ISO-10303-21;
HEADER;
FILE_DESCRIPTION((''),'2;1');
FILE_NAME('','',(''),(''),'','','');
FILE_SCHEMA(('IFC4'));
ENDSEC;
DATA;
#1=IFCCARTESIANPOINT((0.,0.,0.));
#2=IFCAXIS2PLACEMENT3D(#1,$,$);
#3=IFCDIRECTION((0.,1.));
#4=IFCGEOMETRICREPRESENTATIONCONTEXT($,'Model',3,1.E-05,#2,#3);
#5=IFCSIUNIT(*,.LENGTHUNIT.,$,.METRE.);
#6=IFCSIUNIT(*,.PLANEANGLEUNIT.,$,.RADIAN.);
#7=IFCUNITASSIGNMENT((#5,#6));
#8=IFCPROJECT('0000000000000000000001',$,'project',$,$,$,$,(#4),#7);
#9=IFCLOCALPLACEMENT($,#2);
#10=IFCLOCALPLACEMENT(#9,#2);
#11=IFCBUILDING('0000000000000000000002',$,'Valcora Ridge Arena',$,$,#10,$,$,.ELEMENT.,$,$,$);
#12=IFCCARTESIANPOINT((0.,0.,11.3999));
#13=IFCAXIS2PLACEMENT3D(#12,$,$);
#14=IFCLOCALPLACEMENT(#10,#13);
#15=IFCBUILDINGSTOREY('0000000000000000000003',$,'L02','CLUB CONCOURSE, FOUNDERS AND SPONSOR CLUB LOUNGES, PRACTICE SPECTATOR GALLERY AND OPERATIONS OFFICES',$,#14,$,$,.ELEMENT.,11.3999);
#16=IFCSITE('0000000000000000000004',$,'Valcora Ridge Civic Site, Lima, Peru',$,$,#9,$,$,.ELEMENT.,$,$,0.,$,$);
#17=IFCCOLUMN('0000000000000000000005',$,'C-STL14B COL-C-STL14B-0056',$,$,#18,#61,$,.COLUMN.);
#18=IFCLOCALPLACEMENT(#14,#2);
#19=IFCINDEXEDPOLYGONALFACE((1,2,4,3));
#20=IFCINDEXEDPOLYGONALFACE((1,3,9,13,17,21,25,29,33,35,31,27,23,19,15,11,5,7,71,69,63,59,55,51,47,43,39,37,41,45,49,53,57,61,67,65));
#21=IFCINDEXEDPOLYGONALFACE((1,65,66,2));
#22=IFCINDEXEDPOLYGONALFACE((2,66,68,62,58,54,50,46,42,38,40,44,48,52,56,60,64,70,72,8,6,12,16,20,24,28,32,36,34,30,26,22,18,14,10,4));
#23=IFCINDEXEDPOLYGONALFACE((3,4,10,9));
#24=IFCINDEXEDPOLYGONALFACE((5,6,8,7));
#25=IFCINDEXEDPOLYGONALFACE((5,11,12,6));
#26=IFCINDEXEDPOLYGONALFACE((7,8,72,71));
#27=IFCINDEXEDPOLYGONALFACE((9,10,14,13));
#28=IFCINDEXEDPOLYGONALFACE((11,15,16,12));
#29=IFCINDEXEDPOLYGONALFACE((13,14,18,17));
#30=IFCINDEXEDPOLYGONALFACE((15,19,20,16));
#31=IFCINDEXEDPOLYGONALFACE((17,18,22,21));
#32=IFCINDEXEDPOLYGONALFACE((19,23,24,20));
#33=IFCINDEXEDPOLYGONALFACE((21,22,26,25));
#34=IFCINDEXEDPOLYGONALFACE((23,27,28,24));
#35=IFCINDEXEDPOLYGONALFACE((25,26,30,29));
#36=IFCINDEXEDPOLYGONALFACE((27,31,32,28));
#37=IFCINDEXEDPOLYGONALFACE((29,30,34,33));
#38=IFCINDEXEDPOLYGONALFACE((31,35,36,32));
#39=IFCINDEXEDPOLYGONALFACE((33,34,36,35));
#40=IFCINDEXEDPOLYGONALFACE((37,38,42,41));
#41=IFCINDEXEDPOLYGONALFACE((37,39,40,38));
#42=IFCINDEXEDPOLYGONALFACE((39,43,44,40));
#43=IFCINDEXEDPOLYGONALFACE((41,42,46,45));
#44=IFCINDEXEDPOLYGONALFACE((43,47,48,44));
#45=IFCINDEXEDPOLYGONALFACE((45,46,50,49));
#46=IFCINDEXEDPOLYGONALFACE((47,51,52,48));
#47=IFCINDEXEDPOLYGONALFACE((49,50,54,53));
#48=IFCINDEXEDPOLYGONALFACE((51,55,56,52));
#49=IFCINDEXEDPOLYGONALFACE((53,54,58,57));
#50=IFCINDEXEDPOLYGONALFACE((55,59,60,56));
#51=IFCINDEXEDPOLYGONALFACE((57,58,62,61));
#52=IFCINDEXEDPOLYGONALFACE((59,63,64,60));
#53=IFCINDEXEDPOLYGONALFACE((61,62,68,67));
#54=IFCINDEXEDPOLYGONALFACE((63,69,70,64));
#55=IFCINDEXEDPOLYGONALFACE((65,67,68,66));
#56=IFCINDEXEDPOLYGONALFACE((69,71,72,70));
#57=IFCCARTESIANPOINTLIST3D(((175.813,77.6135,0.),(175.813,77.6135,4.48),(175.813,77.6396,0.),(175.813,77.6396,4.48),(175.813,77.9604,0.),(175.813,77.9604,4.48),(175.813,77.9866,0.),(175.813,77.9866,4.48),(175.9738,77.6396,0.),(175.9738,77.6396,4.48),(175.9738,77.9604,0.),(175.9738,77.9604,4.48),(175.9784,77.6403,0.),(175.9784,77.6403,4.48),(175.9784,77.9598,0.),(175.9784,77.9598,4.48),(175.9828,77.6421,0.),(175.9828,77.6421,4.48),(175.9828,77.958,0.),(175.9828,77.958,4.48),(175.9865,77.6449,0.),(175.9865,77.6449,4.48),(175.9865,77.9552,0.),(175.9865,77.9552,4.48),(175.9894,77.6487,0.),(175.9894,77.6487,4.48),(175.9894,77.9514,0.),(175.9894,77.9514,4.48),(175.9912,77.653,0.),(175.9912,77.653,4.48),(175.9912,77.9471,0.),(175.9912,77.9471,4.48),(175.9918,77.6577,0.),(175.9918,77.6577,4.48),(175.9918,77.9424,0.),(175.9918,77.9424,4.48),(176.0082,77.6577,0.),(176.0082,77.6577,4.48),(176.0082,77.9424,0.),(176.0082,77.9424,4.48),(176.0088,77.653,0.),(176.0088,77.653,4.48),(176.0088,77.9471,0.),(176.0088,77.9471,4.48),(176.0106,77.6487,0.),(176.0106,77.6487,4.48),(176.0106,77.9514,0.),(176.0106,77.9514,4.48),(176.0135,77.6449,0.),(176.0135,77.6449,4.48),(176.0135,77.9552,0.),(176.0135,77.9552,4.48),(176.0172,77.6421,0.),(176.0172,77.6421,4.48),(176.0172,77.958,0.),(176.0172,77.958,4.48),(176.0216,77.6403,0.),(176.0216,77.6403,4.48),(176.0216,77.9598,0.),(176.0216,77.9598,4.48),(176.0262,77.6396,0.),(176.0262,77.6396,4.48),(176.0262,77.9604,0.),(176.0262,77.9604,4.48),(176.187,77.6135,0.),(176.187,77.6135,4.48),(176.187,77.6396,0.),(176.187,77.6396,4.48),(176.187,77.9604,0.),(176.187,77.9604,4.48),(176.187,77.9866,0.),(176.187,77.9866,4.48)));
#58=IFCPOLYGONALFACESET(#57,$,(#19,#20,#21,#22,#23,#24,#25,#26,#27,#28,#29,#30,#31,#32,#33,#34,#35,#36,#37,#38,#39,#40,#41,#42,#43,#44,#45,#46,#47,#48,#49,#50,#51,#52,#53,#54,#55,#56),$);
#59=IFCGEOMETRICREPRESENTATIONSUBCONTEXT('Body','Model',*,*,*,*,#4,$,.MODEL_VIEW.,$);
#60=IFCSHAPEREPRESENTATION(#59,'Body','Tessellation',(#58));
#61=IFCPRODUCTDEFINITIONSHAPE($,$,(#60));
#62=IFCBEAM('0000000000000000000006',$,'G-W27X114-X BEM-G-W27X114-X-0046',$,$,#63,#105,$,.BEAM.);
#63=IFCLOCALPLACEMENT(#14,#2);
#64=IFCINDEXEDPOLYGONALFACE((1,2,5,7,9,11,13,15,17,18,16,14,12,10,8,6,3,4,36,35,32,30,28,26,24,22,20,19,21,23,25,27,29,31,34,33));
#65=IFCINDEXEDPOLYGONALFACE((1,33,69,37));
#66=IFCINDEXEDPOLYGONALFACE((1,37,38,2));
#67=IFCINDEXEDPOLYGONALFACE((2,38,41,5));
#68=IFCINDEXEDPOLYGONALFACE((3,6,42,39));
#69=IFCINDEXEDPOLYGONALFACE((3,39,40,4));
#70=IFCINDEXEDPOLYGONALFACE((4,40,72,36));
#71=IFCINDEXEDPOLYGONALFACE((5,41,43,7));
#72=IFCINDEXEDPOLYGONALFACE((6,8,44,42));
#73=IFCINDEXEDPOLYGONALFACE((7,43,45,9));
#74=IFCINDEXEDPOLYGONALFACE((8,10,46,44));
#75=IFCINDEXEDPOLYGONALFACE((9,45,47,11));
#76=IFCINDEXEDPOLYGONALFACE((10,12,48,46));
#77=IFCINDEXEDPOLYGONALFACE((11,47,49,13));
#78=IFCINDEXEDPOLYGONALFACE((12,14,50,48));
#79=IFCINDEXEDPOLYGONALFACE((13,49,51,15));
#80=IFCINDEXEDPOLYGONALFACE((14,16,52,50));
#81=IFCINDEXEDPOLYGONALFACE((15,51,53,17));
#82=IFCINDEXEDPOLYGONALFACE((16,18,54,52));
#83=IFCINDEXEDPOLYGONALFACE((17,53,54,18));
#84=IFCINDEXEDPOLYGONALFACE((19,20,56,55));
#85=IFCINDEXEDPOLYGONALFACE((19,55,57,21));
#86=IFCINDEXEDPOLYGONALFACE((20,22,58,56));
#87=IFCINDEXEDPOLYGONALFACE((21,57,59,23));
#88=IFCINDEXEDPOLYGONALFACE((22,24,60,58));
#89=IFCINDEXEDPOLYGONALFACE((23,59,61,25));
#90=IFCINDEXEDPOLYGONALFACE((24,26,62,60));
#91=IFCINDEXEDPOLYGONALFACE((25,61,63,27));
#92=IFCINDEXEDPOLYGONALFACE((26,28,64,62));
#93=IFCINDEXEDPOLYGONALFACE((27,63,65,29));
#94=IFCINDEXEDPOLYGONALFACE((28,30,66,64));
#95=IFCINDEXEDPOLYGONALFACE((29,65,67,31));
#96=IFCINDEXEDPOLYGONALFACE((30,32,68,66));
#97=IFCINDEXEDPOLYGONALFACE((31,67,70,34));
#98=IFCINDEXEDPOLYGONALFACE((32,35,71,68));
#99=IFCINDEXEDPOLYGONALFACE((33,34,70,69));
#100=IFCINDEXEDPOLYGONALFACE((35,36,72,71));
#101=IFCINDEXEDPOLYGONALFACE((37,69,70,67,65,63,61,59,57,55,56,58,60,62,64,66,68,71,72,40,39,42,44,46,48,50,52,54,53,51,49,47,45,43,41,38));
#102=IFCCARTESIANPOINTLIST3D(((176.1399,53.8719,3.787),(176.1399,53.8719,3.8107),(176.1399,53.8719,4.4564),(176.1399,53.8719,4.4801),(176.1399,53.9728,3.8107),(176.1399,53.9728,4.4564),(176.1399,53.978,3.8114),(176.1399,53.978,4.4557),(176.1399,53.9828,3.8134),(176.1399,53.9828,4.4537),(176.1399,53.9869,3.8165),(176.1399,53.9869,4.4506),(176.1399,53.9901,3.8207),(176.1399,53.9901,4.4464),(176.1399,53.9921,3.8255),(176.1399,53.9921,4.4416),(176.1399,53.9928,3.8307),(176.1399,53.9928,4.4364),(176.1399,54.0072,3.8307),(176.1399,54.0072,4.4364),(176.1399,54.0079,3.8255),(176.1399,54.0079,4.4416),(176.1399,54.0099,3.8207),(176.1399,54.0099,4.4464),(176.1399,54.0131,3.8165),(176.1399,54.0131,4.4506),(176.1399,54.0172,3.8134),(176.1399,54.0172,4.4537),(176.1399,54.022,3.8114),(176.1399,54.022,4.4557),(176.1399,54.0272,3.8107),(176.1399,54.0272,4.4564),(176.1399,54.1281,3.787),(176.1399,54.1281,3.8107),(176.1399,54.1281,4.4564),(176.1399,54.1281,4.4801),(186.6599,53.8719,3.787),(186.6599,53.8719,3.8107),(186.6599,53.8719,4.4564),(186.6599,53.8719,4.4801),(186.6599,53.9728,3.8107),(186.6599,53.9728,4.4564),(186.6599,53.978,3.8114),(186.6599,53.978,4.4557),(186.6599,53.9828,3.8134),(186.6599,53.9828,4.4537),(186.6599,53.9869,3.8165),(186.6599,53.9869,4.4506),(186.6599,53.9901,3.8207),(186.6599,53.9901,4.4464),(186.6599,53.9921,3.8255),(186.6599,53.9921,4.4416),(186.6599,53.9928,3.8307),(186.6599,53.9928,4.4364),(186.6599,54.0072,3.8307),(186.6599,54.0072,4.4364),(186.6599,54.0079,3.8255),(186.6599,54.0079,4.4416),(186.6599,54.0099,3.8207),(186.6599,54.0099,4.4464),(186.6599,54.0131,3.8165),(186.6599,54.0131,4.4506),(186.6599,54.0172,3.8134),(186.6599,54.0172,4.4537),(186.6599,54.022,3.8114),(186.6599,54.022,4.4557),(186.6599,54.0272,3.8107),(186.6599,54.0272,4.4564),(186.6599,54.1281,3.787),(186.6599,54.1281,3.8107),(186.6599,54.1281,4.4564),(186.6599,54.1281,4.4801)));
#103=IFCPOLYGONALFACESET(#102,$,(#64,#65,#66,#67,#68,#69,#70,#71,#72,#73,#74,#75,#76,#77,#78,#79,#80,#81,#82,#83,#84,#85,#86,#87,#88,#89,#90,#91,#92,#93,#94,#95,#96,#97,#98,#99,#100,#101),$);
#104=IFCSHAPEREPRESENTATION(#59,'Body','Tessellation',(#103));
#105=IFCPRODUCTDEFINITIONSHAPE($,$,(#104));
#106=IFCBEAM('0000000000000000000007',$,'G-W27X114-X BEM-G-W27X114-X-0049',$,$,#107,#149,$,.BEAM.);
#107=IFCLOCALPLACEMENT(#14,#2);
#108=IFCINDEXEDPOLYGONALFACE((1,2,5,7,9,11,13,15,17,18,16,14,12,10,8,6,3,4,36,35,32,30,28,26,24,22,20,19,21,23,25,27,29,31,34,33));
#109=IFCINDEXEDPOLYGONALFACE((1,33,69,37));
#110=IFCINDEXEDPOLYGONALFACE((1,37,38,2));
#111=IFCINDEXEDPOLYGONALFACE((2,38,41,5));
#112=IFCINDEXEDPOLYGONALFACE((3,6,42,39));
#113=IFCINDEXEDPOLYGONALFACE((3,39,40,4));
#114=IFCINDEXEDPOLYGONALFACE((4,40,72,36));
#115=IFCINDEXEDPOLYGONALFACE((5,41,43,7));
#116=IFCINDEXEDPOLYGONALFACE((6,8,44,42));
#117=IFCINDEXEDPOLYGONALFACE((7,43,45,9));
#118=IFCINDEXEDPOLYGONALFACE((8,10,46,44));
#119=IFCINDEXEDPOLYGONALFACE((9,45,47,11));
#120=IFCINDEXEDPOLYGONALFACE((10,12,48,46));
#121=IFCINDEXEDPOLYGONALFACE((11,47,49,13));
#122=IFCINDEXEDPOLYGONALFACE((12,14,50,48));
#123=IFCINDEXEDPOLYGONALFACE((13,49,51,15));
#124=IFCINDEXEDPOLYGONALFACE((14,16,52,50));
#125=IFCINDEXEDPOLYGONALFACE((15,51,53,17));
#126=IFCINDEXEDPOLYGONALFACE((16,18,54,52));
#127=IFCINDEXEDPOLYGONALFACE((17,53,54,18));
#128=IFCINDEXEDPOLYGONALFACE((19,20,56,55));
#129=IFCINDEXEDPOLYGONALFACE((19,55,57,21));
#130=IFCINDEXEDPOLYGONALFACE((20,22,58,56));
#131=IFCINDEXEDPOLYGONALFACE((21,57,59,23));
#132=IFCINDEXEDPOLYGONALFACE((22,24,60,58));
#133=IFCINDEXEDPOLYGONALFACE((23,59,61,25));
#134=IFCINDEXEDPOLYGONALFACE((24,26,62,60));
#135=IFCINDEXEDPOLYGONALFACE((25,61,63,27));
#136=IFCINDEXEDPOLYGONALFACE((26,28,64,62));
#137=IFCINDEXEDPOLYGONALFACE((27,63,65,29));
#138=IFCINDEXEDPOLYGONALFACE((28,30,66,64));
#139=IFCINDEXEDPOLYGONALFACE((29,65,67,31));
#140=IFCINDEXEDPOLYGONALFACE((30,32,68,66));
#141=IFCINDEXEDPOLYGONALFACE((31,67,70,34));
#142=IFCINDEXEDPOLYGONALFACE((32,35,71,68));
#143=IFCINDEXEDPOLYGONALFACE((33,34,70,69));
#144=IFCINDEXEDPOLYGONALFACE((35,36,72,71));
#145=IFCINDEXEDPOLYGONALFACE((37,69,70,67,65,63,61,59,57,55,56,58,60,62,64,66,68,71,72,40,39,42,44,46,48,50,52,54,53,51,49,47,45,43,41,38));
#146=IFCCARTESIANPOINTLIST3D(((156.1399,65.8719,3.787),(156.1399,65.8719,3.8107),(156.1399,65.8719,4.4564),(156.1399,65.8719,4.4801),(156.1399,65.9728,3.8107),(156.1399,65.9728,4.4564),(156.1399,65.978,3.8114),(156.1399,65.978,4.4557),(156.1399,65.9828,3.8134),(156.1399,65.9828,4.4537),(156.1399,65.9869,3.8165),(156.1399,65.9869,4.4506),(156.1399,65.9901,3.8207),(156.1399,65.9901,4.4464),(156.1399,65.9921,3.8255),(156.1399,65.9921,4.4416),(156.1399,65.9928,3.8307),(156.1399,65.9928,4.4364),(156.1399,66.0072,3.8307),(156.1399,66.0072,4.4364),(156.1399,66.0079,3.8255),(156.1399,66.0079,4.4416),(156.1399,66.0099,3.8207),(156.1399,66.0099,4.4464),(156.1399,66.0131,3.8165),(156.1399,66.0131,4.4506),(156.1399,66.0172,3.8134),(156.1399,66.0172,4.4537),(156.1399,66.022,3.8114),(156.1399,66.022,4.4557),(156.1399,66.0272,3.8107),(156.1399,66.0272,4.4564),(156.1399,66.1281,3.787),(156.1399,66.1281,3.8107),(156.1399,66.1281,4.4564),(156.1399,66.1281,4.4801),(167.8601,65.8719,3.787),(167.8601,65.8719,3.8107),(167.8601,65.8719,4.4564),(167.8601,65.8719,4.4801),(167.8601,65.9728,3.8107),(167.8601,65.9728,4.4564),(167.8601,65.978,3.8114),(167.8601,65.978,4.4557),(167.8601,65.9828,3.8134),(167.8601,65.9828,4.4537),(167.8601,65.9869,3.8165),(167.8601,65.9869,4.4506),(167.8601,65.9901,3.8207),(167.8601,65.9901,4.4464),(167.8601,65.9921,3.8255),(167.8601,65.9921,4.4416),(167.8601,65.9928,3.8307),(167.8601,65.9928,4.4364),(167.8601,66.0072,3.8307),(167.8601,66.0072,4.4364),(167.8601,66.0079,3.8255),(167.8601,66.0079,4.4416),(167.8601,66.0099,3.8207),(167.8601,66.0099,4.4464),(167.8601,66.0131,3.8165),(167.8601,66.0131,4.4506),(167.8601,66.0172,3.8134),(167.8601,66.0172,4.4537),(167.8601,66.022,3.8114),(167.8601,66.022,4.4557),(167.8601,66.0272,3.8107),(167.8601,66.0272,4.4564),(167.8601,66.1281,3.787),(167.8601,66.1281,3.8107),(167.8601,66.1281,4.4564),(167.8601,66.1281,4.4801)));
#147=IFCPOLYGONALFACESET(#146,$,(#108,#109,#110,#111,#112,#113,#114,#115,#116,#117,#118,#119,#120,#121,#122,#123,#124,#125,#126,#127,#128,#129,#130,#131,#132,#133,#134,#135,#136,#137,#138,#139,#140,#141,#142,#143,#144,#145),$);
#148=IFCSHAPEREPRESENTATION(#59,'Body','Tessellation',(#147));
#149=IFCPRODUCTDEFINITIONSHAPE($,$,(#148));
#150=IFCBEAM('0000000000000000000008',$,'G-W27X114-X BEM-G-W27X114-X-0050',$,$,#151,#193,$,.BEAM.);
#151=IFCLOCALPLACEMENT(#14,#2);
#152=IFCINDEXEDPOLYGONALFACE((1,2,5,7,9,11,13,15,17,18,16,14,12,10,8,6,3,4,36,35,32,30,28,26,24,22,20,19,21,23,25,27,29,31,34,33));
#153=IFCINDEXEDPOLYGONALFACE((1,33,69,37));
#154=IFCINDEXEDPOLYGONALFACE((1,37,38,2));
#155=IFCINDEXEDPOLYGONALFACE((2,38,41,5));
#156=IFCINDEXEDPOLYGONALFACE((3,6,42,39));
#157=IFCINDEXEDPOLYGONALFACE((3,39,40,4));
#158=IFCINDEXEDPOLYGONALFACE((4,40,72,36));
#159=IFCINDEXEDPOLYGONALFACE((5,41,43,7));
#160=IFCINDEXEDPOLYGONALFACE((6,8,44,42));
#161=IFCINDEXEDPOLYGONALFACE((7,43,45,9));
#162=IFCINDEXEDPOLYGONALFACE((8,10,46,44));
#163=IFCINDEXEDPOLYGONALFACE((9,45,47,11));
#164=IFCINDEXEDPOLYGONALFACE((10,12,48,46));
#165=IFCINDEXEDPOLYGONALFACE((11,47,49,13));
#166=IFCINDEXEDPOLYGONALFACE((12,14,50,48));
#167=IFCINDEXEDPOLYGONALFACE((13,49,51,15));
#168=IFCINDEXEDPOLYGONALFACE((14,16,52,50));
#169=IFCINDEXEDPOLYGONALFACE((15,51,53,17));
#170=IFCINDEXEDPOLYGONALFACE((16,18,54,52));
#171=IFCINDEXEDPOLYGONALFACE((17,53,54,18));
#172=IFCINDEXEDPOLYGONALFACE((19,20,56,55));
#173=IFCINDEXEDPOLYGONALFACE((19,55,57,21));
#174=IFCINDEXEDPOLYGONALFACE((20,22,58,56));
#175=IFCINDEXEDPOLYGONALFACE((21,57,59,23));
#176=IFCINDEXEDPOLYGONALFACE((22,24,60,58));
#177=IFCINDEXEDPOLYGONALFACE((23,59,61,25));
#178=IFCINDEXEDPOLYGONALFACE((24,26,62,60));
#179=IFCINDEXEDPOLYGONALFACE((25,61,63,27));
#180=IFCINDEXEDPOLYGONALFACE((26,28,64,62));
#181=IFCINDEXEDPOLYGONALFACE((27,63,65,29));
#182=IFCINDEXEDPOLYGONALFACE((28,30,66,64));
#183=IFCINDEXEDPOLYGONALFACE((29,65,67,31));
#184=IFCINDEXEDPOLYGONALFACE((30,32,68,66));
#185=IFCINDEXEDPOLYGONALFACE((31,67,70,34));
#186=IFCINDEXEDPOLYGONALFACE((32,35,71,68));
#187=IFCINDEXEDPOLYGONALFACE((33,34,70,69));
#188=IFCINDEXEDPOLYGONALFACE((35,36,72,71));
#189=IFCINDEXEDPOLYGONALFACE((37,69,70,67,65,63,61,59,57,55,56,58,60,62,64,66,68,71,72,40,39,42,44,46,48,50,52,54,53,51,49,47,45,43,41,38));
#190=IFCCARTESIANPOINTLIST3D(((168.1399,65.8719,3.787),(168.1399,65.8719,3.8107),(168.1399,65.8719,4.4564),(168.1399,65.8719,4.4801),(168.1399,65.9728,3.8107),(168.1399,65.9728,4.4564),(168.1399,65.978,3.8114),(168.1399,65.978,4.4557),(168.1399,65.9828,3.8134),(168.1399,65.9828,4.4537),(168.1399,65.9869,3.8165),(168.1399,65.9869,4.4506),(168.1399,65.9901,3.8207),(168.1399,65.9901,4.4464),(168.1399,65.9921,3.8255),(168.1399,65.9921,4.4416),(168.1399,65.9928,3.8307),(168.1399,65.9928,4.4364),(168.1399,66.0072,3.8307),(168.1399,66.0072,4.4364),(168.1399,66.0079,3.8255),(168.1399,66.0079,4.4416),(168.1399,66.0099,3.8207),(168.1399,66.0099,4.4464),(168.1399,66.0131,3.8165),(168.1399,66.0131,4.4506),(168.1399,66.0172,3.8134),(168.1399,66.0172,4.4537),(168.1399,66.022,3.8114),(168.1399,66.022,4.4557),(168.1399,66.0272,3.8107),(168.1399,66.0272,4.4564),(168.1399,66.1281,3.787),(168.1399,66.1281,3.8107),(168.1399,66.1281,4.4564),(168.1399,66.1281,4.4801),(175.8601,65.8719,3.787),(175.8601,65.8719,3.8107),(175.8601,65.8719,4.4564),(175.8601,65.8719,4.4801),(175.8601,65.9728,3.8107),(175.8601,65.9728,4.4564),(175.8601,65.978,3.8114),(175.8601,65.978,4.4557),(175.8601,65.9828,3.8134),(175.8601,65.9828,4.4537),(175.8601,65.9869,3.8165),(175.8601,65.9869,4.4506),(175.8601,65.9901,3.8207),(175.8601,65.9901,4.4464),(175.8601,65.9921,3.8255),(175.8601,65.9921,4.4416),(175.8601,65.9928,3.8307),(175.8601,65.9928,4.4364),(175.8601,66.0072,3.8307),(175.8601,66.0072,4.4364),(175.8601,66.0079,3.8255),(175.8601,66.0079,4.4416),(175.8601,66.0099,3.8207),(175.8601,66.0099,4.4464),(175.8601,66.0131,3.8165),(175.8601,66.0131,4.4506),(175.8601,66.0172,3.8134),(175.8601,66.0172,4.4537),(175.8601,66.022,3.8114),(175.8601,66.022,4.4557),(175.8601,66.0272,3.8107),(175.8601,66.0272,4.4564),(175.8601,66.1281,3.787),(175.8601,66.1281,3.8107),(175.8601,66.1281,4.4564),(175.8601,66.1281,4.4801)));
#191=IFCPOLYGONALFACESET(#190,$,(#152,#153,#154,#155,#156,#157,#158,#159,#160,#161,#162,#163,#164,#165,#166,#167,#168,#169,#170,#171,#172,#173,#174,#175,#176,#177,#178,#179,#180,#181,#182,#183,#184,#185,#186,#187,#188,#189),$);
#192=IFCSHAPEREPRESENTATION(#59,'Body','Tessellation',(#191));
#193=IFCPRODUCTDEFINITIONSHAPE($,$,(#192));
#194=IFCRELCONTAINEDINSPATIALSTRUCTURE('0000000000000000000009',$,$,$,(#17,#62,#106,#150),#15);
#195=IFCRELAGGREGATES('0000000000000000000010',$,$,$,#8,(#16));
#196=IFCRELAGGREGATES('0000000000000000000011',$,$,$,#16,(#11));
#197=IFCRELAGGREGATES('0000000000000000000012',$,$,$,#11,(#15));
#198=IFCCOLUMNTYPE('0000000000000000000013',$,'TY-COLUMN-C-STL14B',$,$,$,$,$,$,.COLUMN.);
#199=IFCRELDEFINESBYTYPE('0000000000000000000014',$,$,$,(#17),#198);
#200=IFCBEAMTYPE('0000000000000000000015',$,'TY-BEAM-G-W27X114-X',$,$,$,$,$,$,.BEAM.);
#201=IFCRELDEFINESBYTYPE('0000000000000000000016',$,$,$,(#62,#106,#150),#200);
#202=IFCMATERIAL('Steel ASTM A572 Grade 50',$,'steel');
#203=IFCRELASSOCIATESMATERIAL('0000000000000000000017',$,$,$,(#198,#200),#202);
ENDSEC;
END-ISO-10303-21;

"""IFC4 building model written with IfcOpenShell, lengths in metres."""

from ifc_helpers import new_model, si_unit, direction, frame, origin, origin_2d, place, context, subcontext, project, spatial, i_section, extrude, material, material_profile, profile_set, type_object, element, save


model = new_model("IFC4")

# Units and contexts
model_context = context("Model", 3, precision=1e-05, world=origin(), true_north=direction((0.0, 1.0)))
body_context = subcontext(model_context, "Body", "Model", "MODEL_VIEW")
ifc_project = project(units=[si_unit("LENGTHUNIT", "METRE"), si_unit("PLANEANGLEUNIT", "RADIAN")], contexts=[model_context])

# Site, building, storey
site_placement = place(None, origin())
site = spatial("IfcSite", under=ifc_project, at=site_placement, Name="Valcora Ridge Civic Site, Lima, Peru", CompositionType="ELEMENT", RefElevation=0.0)
building_placement = place(site_placement, origin())
building = spatial("IfcBuilding", under=site, at=building_placement, Name="Valcora Ridge Arena", CompositionType="ELEMENT")
storey_placement = place(building_placement, frame((0.0, 0.0, 11.3999)))
storey = spatial("IfcBuildingStorey", under=building, at=storey_placement, Name="L02", Description="CLUB CONCOURSE, FOUNDERS AND SPONSOR CLUB LOUNGES, PRACTICE SPECTATOR GALLERY AND OPERATIONS OFFICES", CompositionType="ELEMENT", Elevation=11.3999)

# Column
ifc_material_1 = material(Name="Steel ASTM A572 Grade 50", Category="steel")
ifc_material_profile_1 = material_profile(ifc_material_1, i_section(OverallWidth=0.374, OverallDepth=0.373, WebThickness=0.0164, FlangeThickness=0.0261, FilletRadius=0.0181, at=origin_2d()), Name="W14X132")
ifc_profile_set_1 = profile_set([ifc_material_profile_1], Name="Steel ASTM A572 Grade 50")
column_type = type_object("IfcColumnType", Name="TY-COLUMN-C-STL14B", PredefinedType="COLUMN", material=ifc_profile_set_1)
for number, where, z_axis, x_axis, name in (
    (1, (176.0, 77.8, 0.0), (0.0, 0.0, 1.0), (1.0, 0.0, 0.0), "C-STL14B COL-C-STL14B-0056"),
):
    element("IfcColumn", number, at=place(storey_placement, frame(where, z_axis=z_axis, x_axis=x_axis)), inside=storey, type_object=column_type, Name=name, PredefinedType="COLUMN", context=body_context, shape_type="SweptSolid", body=[
        extrude(i_section(OverallWidth=0.374, OverallDepth=0.373, WebThickness=0.0164, FlangeThickness=0.0261, FilletRadius=0.0181, at=origin_2d()), origin(), (0.0, 0.0, 1.0), 4.48),
    ])

# Beams
ifc_material_profile_2 = material_profile(ifc_material_1, i_section(OverallWidth=0.2561, OverallDepth=0.6931, WebThickness=0.0144, FlangeThickness=0.0237, FilletRadius=0.02, at=origin_2d()), Name="W27X114")
ifc_profile_set_2 = profile_set([ifc_material_profile_2], Name="Steel ASTM A572 Grade 50")
beam_type_1 = type_object("IfcBeamType", Name="TY-BEAM-G-W27X114-X", PredefinedType="BEAM", material=ifc_profile_set_2)
beam_1_placement = place(storey_placement, frame((176.1399, 54.0, 4.1335), z_axis=(1.0, 0.0, 0.0), x_axis=(0.0, 1.0, 0.0)))
element("IfcBeam", 2, at=beam_1_placement, inside=storey, type_object=beam_type_1, Name="G-W27X114-X BEM-G-W27X114-X-0046", PredefinedType="BEAM", context=body_context, shape_type="SweptSolid", body=[
    extrude(i_section(OverallWidth=0.2561, OverallDepth=0.6931, WebThickness=0.0144, FlangeThickness=0.0237, FilletRadius=0.02, at=origin_2d()), origin(), (0.0, 0.0, 1.0), 10.52),
])
beam_2_placement = place(storey_placement, frame((156.1399, 66.0, 4.1335), z_axis=(1.0, 0.0, 0.0), x_axis=(0.0, 1.0, 0.0)))
element("IfcBeam", 3, at=beam_2_placement, inside=storey, type_object=beam_type_1, Name="G-W27X114-X BEM-G-W27X114-X-0049", PredefinedType="BEAM", context=body_context, shape_type="SweptSolid", body=[
    extrude(i_section(OverallWidth=0.2561, OverallDepth=0.6931, WebThickness=0.0144, FlangeThickness=0.0237, FilletRadius=0.02, at=origin_2d()), origin(), (0.0, 0.0, 1.0), 11.7202),
])
beam_3_placement = place(storey_placement, frame((168.1399, 66.0, 4.1335), z_axis=(1.0, 0.0, 0.0), x_axis=(0.0, 1.0, 0.0)))
element("IfcBeam", 4, at=beam_3_placement, inside=storey, type_object=beam_type_1, Name="G-W27X114-X BEM-G-W27X114-X-0050", PredefinedType="BEAM", context=body_context, shape_type="SweptSolid", body=[
    extrude(i_section(OverallWidth=0.2561, OverallDepth=0.6931, WebThickness=0.0144, FlangeThickness=0.0237, FilletRadius=0.02, at=origin_2d()), origin(), (0.0, 0.0, 1.0), 7.7202),
])

save(model, "model.ifc")
